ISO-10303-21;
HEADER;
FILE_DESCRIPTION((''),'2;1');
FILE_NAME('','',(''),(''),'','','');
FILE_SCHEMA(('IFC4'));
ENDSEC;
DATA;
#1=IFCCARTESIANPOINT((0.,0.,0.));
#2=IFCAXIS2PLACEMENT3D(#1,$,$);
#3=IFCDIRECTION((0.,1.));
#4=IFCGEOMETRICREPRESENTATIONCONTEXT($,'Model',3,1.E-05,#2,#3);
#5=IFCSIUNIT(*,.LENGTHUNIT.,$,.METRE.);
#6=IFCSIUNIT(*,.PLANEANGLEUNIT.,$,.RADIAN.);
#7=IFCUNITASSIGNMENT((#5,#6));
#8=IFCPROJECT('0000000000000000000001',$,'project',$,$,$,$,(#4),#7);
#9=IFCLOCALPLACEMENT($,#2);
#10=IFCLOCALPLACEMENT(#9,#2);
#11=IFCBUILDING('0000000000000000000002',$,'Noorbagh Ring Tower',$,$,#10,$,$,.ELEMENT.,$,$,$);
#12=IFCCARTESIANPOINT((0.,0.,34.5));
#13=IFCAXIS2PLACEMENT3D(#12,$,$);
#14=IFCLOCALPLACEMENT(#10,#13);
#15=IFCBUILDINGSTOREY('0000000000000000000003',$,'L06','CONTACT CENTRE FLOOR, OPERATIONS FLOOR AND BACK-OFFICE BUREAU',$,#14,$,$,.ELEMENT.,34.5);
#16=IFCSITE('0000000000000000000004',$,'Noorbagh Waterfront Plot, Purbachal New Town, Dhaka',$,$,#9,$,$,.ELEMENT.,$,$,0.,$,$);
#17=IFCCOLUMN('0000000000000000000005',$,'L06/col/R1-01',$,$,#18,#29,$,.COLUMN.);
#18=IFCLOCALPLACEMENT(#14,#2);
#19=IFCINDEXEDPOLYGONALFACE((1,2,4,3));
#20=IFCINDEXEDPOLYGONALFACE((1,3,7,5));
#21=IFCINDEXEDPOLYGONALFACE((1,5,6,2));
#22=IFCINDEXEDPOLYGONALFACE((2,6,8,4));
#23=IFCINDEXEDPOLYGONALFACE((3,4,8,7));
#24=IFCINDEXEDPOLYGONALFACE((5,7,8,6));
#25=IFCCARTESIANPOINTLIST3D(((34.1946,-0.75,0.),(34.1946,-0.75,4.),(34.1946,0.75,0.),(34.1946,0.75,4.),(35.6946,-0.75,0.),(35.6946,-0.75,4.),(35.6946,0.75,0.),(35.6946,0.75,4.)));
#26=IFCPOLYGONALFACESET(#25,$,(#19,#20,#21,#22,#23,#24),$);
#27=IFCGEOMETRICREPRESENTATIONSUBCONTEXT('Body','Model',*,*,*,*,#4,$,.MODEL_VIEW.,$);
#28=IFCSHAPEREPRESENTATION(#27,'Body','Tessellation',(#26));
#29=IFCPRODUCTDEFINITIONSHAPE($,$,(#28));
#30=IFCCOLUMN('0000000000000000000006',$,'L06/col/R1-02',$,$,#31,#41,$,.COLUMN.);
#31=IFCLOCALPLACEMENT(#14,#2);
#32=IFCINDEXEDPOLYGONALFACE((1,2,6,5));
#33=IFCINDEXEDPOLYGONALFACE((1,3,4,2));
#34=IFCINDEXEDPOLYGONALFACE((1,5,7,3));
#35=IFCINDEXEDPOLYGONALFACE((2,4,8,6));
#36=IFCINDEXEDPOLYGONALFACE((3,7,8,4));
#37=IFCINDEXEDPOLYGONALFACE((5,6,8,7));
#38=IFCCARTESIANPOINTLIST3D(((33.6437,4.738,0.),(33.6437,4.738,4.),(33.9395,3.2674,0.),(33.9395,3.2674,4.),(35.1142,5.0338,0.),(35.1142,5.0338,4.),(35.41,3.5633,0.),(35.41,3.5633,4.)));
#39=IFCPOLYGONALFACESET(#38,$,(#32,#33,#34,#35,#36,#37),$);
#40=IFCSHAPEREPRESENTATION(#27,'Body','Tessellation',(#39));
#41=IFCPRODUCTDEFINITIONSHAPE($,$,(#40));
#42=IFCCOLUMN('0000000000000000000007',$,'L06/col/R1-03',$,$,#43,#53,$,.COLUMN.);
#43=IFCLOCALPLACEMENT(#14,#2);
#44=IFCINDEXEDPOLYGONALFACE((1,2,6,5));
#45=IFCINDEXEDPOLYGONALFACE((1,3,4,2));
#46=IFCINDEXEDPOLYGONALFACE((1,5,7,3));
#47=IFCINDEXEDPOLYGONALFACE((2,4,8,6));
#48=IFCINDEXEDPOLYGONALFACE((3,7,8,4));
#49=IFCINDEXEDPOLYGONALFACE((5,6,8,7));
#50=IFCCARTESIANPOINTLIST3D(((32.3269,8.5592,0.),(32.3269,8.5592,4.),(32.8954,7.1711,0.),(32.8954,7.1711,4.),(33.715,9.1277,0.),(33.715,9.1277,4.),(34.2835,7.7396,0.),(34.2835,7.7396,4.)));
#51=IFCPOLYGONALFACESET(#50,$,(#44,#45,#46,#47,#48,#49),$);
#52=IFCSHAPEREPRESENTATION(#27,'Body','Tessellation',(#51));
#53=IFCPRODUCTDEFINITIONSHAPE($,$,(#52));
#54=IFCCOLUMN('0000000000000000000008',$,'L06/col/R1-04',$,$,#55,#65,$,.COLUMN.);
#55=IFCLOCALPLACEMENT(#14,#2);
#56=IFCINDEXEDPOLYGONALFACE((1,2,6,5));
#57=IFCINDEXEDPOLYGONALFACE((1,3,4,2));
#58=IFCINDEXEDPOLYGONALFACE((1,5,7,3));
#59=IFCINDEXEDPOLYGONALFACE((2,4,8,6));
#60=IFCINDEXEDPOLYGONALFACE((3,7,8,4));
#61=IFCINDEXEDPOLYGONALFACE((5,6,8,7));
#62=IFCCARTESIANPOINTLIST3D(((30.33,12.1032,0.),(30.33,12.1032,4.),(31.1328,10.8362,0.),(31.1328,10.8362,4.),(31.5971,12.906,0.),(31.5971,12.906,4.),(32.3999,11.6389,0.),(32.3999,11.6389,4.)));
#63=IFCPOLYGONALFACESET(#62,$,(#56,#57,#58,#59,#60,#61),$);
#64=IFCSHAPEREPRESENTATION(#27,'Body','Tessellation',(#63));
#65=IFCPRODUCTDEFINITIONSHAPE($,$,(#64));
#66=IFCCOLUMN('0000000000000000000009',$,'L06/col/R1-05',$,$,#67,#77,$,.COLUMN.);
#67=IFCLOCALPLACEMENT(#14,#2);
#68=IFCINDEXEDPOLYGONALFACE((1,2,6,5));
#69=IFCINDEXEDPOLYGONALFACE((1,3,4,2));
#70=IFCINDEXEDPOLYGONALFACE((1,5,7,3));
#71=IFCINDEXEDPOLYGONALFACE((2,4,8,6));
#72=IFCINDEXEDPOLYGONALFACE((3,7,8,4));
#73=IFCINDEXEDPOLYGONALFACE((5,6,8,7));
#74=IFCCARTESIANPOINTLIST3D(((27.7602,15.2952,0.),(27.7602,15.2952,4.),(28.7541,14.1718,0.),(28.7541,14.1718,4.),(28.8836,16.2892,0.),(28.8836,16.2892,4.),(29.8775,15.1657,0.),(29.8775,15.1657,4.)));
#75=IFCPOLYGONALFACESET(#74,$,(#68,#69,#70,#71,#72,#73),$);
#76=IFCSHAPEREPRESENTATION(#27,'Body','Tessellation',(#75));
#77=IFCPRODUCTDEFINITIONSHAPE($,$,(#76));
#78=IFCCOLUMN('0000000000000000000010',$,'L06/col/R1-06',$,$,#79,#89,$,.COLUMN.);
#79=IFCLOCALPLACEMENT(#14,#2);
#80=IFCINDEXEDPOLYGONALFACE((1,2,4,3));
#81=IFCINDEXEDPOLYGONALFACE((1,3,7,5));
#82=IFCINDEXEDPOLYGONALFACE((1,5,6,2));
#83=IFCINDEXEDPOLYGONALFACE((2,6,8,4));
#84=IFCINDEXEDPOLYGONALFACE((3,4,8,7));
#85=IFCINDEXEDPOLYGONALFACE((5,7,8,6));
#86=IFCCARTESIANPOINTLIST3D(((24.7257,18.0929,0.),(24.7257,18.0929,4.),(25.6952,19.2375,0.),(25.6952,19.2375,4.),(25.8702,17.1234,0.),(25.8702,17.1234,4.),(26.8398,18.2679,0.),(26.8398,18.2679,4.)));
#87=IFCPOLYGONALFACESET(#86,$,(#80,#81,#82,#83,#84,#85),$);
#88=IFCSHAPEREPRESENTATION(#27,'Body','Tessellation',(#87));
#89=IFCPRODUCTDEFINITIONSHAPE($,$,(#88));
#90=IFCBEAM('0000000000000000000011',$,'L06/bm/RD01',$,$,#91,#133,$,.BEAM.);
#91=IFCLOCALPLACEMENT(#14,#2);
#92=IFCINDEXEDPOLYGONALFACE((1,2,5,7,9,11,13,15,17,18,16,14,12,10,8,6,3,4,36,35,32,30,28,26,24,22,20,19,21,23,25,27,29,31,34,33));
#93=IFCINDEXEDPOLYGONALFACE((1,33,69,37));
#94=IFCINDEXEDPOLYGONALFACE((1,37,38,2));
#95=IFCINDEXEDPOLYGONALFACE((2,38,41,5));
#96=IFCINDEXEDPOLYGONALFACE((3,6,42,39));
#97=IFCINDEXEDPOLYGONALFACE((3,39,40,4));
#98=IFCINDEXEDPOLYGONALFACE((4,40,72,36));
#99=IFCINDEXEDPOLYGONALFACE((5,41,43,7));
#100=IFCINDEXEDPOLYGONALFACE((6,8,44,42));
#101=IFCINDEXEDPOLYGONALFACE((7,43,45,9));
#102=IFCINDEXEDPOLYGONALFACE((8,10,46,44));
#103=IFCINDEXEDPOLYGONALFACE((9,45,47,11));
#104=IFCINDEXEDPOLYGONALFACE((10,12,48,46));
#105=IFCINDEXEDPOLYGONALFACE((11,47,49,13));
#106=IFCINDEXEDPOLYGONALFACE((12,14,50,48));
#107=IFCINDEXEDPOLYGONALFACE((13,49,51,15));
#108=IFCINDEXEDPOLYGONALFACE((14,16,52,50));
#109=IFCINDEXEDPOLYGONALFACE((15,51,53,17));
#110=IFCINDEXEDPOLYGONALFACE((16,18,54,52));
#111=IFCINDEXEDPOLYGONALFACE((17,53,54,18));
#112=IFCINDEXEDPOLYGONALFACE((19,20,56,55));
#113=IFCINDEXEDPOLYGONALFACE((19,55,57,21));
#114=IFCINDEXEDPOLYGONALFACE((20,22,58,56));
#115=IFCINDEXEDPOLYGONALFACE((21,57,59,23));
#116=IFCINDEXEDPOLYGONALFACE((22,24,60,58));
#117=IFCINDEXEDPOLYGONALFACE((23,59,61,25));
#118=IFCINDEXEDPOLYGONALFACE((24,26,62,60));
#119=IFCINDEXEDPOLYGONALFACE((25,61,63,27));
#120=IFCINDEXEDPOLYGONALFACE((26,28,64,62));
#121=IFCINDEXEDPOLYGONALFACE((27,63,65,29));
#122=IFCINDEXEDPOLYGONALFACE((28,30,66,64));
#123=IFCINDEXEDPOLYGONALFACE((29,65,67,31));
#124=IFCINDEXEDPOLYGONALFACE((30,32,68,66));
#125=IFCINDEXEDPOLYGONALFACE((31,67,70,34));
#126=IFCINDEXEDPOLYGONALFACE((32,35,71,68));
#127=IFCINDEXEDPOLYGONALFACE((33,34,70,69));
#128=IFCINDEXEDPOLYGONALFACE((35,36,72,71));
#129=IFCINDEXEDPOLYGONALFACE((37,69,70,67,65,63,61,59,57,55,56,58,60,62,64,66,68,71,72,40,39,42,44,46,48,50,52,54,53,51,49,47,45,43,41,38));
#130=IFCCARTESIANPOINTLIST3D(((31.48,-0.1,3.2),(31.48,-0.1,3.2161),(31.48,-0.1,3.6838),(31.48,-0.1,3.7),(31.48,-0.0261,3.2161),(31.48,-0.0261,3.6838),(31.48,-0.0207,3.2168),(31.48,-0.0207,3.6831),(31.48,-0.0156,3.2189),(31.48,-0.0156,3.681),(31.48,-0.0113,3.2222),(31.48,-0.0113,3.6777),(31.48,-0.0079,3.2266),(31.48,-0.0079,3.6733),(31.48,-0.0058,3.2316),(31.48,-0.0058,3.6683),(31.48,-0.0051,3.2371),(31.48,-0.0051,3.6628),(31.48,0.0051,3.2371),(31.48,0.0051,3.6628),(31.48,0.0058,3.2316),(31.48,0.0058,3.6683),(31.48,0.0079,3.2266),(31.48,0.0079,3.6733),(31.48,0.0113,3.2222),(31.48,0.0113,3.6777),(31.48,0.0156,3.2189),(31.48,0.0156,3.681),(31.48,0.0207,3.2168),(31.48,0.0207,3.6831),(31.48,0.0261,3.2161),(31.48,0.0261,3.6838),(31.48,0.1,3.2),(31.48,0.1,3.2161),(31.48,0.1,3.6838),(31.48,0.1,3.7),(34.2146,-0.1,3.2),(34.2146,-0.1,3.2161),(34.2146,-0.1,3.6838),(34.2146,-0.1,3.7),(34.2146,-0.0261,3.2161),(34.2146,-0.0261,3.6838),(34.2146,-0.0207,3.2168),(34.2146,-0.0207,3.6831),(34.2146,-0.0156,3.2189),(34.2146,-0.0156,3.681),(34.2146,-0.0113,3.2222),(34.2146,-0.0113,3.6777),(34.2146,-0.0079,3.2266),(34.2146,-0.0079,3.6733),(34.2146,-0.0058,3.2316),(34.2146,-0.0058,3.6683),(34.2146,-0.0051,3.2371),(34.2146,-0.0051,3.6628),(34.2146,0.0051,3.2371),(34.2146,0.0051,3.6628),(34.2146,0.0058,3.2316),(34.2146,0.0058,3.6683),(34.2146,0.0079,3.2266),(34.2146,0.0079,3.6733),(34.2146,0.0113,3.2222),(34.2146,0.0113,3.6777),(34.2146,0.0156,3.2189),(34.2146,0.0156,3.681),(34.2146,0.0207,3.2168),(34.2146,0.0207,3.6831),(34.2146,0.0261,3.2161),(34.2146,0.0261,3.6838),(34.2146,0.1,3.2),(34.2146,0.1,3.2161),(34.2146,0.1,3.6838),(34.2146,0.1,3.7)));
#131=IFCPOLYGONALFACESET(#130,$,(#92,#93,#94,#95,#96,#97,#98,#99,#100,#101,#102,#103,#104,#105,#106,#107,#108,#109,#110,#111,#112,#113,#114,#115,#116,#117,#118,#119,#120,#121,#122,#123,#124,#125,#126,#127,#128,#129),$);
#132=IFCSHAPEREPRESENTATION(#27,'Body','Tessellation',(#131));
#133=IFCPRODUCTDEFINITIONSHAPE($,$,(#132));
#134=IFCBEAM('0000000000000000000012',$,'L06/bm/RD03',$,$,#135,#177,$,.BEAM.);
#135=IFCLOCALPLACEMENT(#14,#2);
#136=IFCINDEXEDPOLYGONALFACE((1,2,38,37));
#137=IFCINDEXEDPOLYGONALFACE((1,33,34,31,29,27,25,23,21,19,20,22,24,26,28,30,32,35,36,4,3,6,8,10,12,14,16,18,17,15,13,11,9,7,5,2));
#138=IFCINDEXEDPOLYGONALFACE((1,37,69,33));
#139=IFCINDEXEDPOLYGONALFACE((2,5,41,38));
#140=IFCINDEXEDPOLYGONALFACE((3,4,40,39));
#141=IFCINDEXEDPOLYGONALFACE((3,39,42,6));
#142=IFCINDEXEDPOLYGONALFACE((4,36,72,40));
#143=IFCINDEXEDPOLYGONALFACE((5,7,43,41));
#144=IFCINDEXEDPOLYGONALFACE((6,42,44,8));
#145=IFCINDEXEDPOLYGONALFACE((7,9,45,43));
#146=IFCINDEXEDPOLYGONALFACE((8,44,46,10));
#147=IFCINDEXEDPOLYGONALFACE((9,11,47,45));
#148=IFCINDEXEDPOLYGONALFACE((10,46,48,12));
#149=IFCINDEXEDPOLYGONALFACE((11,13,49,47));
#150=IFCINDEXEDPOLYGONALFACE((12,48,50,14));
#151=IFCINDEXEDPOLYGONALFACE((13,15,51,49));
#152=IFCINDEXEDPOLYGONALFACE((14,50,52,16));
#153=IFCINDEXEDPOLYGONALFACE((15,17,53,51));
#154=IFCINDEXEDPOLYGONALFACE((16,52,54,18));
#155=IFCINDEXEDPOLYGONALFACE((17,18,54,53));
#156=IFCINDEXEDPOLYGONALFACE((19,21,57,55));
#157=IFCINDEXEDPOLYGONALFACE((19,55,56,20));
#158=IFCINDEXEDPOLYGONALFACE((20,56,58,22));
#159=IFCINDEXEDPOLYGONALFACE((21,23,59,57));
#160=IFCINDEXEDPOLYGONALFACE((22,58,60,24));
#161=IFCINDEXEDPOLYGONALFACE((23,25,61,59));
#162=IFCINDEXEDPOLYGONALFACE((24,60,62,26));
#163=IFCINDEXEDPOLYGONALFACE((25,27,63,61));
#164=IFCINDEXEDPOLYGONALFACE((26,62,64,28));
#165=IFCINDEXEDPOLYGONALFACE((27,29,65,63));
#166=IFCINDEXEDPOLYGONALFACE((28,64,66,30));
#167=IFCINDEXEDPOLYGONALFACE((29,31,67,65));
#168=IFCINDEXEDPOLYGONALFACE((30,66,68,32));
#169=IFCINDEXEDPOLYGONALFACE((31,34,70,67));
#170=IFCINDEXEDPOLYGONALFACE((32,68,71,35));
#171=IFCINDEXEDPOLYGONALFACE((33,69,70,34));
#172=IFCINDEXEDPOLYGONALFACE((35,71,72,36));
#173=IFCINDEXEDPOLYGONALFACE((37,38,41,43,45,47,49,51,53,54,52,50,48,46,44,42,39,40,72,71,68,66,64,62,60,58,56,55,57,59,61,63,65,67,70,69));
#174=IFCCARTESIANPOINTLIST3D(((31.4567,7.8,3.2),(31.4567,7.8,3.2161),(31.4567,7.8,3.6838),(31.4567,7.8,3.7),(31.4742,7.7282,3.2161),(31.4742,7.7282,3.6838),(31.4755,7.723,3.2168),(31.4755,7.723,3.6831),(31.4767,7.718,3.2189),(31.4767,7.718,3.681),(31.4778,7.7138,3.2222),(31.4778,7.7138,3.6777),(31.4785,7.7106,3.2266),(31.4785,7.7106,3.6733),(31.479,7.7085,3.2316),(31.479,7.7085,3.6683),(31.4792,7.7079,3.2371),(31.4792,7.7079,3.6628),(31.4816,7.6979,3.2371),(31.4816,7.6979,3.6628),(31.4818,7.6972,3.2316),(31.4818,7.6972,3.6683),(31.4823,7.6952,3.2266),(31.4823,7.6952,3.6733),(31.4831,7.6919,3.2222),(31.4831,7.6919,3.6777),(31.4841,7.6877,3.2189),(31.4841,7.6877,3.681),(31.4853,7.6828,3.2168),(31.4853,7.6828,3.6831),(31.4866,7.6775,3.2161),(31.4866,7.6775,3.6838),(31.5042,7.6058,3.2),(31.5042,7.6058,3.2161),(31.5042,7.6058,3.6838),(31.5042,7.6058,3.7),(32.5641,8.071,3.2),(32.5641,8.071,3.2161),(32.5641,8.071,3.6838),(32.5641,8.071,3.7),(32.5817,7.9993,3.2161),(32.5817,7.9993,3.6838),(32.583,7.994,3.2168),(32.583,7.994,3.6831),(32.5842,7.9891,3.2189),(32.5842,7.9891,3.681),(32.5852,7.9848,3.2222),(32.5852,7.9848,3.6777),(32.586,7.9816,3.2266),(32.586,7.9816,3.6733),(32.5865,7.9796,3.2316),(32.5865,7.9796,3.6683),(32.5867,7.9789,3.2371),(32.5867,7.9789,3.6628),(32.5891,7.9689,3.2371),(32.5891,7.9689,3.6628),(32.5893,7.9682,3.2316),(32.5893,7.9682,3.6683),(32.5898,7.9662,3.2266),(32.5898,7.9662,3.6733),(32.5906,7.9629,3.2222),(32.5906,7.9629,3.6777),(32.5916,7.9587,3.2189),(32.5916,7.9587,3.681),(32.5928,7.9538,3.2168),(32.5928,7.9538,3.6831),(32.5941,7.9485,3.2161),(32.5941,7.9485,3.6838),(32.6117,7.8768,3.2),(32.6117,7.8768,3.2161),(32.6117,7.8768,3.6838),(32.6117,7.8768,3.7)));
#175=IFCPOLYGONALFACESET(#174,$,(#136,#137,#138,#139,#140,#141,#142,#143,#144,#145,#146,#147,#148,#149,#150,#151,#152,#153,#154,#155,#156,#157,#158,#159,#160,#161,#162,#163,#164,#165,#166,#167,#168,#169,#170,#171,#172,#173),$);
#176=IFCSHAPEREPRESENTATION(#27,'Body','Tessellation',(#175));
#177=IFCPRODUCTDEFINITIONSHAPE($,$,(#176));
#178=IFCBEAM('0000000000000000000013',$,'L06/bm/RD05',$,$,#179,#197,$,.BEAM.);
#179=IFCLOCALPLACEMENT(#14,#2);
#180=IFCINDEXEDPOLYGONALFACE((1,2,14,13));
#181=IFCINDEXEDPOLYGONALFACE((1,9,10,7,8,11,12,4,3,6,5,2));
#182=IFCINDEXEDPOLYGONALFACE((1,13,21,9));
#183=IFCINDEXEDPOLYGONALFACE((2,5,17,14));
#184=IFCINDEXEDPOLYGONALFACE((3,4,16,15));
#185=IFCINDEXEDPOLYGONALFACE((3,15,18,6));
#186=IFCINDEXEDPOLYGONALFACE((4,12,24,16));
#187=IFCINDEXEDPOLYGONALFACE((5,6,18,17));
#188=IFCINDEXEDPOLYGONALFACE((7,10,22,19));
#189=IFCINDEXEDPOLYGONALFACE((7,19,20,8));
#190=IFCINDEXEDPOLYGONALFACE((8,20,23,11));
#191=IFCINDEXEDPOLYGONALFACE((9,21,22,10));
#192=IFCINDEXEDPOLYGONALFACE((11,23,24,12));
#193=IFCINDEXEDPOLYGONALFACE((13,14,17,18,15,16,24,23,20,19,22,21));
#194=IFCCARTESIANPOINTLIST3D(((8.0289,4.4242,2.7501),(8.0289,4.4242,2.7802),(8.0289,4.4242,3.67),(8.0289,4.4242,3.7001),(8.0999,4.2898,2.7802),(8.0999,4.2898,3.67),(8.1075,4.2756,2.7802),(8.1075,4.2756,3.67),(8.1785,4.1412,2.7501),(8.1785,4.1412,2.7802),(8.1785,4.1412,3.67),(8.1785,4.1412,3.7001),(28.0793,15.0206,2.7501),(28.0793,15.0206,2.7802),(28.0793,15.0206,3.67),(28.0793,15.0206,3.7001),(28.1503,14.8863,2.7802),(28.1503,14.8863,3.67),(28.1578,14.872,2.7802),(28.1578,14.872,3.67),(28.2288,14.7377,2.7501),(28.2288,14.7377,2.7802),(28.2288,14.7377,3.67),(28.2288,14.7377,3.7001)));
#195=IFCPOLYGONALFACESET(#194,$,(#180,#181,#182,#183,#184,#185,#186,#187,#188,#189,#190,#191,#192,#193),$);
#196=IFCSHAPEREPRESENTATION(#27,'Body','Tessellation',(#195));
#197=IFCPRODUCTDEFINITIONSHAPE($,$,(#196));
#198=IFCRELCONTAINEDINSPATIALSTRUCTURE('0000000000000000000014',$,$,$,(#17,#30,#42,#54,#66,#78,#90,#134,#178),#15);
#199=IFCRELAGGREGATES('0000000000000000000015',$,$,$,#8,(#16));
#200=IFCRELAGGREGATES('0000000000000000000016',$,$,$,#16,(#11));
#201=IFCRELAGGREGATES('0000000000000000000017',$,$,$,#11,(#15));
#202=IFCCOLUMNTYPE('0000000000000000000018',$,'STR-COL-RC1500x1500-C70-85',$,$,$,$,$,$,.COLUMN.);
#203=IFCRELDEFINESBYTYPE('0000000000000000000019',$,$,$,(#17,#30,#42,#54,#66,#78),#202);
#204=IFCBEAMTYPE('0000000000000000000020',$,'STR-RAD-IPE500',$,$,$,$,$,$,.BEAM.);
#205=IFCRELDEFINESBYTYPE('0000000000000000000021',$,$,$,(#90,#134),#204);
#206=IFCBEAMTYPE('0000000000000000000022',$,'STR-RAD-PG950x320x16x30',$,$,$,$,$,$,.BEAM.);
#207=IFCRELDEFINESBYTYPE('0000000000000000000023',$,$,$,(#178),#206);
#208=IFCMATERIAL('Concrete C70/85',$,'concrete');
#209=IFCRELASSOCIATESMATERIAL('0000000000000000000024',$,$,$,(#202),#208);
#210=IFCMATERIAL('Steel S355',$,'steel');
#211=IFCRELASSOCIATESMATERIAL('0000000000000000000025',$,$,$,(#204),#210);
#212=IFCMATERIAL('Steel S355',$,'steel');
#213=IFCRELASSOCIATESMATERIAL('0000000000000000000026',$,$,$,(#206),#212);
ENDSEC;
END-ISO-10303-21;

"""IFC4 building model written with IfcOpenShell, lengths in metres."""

from ifc_helpers import new_model, si_unit, direction, frame, origin, origin_2d, place, context, subcontext, project, spatial, rectangle, i_section, extrude, material, material_profile, profile_set, type_object, element, save


model = new_model("IFC4")

# Units and contexts
model_context = context("Model", 3, precision=1e-05, world=origin(), true_north=direction((0.0, 1.0)))
body_context = subcontext(model_context, "Body", "Model", "MODEL_VIEW")
ifc_project = project(units=[si_unit("LENGTHUNIT", "METRE"), si_unit("PLANEANGLEUNIT", "RADIAN")], contexts=[model_context])

# Site, building, storey
site_placement = place(None, origin())
site = spatial("IfcSite", under=ifc_project, at=site_placement, Name="Noorbagh Waterfront Plot, Purbachal New Town, Dhaka", CompositionType="ELEMENT", RefElevation=0.0)
building_placement = place(site_placement, origin())
building = spatial("IfcBuilding", under=site, at=building_placement, Name="Noorbagh Ring Tower", CompositionType="ELEMENT")
storey_placement = place(building_placement, frame((0.0, 0.0, 34.5)))
storey = spatial("IfcBuildingStorey", under=building, at=storey_placement, Name="L06", Description="CONTACT CENTRE FLOOR, OPERATIONS FLOOR AND BACK-OFFICE BUREAU", CompositionType="ELEMENT", Elevation=34.5)

# Columns
ifc_material_1 = material(Name="Concrete C70/85", Category="concrete")
ifc_material_profile_1 = material_profile(ifc_material_1, rectangle(XDim=1.5, YDim=1.5, at=origin_2d()), Name="RC1500x1500")
ifc_profile_set_1 = profile_set([ifc_material_profile_1], Name="Concrete C70/85")
column_type = type_object("IfcColumnType", Name="STR-COL-RC1500x1500-C70-85", PredefinedType="COLUMN", material=ifc_profile_set_1)
for number, where, z_axis, x_axis, name in (
    (1, (34.9446, 0.0, 0.0), (0.0, 0.0, 1.0), (0.0, 1.0, 0.0), "L06/col/R1-01"),
    (2, (34.5269, 4.1506, 0.0), (0.0, 0.0, 1.0), (-0.19723, 0.980357, 0.0), "L06/col/R1-02"),
    (3, (33.3052, 8.1494, 0.0), (0.0, 0.0, 1.0), (-0.378989, 0.925401, 0.0), "L06/col/R1-03"),
    (4, (31.365, 11.8711, 0.0), (0.0, 0.0, 1.0), (-0.53519, 0.844731, 0.0), "L06/col/R1-04"),
    (5, (28.8188, 15.2305, 0.0), (0.0, 0.0, 1.0), (-0.662636, 0.748942, 0.0), "L06/col/R1-05"),
    (6, (25.7827, 18.1804, 0.0), (0.0, 0.0, 1.0), (-0.763035, 0.646357, 0.0), "L06/col/R1-06"),
):
    element("IfcColumn", number, at=place(storey_placement, frame(where, z_axis=z_axis, x_axis=x_axis)), inside=storey, type_object=column_type, Name=name, PredefinedType="COLUMN", context=body_context, shape_type="SweptSolid", body=[
        extrude(rectangle(XDim=1.5, YDim=1.5, at=origin_2d()), origin(), (0.0, 0.0, 1.0), 4.0),
    ])

# Beams
ifc_material_2 = material(Name="Steel S355", Category="steel")
ifc_material_profile_2 = material_profile(ifc_material_2, i_section(OverallWidth=0.2, OverallDepth=0.5, WebThickness=0.0103, FlangeThickness=0.0161, FilletRadius=0.021, at=origin_2d()), Name="IPE500")
ifc_profile_set_2 = profile_set([ifc_material_profile_2], Name="Steel S355")
beam_type_1 = type_object("IfcBeamType", Name="STR-RAD-IPE500", PredefinedType="BEAM", material=ifc_profile_set_2)
beam_1_placement = place(storey_placement, frame((34.2146, 0.0, 3.45), z_axis=(-1.0, 0.0, 0.0), x_axis=(0.0, -1.0, 0.0)))
element("IfcBeam", 7, at=beam_1_placement, inside=storey, type_object=beam_type_1, Name="L06/bm/RD01", PredefinedType="BEAM", context=body_context, shape_type="SweptSolid", body=[
    extrude(i_section(OverallWidth=0.2, OverallDepth=0.5, WebThickness=0.0103, FlangeThickness=0.0161, FilletRadius=0.021, at=origin_2d()), origin(), (0.0, 0.0, 1.0), 2.7346),
])
beam_2_placement = place(storey_placement, frame((32.5879, 7.9739, 3.45), z_axis=(-0.97134, -0.237696, 0.0), x_axis=(0.237696, -0.97134, 0.0)))
element("IfcBeam", 8, at=beam_2_placement, inside=storey, type_object=beam_type_1, Name="L06/bm/RD03", PredefinedType="BEAM", context=body_context, shape_type="SweptSolid", body=[
    extrude(i_section(OverallWidth=0.2, OverallDepth=0.5, WebThickness=0.0103, FlangeThickness=0.0161, FilletRadius=0.021, at=origin_2d()), origin(), (0.0, 0.0, 1.0), 1.1401),
])
ifc_material_3 = material(Name="Steel S355", Category="steel")
ifc_material_profile_3 = material_profile(ifc_material_3, i_section(OverallWidth=0.3201, OverallDepth=0.95, WebThickness=0.0161, FlangeThickness=0.03, at=origin_2d()), Name="PG950x320x16x30")
ifc_profile_set_3 = profile_set([ifc_material_profile_3], Name="Steel S355")
beam_type_2 = type_object("IfcBeamType", Name="STR-RAD-PG950x320x16x30", PredefinedType="BEAM", material=ifc_profile_set_3)
beam_3_placement = place(storey_placement, frame((28.1541, 14.8792, 3.2251), z_axis=(-0.884124, -0.467253, 0.0), x_axis=(0.467253, -0.884124, 0.0)))
element("IfcBeam", 9, at=beam_3_placement, inside=storey, type_object=beam_type_2, Name="L06/bm/RD05", PredefinedType="BEAM", context=body_context, shape_type="SweptSolid", body=[
    extrude(i_section(OverallWidth=0.3201, OverallDepth=0.95, WebThickness=0.0161, FlangeThickness=0.03, at=origin_2d()), origin(), (0.0, 0.0, 1.0), 22.6782),
])

save(model, "model.ifc")
